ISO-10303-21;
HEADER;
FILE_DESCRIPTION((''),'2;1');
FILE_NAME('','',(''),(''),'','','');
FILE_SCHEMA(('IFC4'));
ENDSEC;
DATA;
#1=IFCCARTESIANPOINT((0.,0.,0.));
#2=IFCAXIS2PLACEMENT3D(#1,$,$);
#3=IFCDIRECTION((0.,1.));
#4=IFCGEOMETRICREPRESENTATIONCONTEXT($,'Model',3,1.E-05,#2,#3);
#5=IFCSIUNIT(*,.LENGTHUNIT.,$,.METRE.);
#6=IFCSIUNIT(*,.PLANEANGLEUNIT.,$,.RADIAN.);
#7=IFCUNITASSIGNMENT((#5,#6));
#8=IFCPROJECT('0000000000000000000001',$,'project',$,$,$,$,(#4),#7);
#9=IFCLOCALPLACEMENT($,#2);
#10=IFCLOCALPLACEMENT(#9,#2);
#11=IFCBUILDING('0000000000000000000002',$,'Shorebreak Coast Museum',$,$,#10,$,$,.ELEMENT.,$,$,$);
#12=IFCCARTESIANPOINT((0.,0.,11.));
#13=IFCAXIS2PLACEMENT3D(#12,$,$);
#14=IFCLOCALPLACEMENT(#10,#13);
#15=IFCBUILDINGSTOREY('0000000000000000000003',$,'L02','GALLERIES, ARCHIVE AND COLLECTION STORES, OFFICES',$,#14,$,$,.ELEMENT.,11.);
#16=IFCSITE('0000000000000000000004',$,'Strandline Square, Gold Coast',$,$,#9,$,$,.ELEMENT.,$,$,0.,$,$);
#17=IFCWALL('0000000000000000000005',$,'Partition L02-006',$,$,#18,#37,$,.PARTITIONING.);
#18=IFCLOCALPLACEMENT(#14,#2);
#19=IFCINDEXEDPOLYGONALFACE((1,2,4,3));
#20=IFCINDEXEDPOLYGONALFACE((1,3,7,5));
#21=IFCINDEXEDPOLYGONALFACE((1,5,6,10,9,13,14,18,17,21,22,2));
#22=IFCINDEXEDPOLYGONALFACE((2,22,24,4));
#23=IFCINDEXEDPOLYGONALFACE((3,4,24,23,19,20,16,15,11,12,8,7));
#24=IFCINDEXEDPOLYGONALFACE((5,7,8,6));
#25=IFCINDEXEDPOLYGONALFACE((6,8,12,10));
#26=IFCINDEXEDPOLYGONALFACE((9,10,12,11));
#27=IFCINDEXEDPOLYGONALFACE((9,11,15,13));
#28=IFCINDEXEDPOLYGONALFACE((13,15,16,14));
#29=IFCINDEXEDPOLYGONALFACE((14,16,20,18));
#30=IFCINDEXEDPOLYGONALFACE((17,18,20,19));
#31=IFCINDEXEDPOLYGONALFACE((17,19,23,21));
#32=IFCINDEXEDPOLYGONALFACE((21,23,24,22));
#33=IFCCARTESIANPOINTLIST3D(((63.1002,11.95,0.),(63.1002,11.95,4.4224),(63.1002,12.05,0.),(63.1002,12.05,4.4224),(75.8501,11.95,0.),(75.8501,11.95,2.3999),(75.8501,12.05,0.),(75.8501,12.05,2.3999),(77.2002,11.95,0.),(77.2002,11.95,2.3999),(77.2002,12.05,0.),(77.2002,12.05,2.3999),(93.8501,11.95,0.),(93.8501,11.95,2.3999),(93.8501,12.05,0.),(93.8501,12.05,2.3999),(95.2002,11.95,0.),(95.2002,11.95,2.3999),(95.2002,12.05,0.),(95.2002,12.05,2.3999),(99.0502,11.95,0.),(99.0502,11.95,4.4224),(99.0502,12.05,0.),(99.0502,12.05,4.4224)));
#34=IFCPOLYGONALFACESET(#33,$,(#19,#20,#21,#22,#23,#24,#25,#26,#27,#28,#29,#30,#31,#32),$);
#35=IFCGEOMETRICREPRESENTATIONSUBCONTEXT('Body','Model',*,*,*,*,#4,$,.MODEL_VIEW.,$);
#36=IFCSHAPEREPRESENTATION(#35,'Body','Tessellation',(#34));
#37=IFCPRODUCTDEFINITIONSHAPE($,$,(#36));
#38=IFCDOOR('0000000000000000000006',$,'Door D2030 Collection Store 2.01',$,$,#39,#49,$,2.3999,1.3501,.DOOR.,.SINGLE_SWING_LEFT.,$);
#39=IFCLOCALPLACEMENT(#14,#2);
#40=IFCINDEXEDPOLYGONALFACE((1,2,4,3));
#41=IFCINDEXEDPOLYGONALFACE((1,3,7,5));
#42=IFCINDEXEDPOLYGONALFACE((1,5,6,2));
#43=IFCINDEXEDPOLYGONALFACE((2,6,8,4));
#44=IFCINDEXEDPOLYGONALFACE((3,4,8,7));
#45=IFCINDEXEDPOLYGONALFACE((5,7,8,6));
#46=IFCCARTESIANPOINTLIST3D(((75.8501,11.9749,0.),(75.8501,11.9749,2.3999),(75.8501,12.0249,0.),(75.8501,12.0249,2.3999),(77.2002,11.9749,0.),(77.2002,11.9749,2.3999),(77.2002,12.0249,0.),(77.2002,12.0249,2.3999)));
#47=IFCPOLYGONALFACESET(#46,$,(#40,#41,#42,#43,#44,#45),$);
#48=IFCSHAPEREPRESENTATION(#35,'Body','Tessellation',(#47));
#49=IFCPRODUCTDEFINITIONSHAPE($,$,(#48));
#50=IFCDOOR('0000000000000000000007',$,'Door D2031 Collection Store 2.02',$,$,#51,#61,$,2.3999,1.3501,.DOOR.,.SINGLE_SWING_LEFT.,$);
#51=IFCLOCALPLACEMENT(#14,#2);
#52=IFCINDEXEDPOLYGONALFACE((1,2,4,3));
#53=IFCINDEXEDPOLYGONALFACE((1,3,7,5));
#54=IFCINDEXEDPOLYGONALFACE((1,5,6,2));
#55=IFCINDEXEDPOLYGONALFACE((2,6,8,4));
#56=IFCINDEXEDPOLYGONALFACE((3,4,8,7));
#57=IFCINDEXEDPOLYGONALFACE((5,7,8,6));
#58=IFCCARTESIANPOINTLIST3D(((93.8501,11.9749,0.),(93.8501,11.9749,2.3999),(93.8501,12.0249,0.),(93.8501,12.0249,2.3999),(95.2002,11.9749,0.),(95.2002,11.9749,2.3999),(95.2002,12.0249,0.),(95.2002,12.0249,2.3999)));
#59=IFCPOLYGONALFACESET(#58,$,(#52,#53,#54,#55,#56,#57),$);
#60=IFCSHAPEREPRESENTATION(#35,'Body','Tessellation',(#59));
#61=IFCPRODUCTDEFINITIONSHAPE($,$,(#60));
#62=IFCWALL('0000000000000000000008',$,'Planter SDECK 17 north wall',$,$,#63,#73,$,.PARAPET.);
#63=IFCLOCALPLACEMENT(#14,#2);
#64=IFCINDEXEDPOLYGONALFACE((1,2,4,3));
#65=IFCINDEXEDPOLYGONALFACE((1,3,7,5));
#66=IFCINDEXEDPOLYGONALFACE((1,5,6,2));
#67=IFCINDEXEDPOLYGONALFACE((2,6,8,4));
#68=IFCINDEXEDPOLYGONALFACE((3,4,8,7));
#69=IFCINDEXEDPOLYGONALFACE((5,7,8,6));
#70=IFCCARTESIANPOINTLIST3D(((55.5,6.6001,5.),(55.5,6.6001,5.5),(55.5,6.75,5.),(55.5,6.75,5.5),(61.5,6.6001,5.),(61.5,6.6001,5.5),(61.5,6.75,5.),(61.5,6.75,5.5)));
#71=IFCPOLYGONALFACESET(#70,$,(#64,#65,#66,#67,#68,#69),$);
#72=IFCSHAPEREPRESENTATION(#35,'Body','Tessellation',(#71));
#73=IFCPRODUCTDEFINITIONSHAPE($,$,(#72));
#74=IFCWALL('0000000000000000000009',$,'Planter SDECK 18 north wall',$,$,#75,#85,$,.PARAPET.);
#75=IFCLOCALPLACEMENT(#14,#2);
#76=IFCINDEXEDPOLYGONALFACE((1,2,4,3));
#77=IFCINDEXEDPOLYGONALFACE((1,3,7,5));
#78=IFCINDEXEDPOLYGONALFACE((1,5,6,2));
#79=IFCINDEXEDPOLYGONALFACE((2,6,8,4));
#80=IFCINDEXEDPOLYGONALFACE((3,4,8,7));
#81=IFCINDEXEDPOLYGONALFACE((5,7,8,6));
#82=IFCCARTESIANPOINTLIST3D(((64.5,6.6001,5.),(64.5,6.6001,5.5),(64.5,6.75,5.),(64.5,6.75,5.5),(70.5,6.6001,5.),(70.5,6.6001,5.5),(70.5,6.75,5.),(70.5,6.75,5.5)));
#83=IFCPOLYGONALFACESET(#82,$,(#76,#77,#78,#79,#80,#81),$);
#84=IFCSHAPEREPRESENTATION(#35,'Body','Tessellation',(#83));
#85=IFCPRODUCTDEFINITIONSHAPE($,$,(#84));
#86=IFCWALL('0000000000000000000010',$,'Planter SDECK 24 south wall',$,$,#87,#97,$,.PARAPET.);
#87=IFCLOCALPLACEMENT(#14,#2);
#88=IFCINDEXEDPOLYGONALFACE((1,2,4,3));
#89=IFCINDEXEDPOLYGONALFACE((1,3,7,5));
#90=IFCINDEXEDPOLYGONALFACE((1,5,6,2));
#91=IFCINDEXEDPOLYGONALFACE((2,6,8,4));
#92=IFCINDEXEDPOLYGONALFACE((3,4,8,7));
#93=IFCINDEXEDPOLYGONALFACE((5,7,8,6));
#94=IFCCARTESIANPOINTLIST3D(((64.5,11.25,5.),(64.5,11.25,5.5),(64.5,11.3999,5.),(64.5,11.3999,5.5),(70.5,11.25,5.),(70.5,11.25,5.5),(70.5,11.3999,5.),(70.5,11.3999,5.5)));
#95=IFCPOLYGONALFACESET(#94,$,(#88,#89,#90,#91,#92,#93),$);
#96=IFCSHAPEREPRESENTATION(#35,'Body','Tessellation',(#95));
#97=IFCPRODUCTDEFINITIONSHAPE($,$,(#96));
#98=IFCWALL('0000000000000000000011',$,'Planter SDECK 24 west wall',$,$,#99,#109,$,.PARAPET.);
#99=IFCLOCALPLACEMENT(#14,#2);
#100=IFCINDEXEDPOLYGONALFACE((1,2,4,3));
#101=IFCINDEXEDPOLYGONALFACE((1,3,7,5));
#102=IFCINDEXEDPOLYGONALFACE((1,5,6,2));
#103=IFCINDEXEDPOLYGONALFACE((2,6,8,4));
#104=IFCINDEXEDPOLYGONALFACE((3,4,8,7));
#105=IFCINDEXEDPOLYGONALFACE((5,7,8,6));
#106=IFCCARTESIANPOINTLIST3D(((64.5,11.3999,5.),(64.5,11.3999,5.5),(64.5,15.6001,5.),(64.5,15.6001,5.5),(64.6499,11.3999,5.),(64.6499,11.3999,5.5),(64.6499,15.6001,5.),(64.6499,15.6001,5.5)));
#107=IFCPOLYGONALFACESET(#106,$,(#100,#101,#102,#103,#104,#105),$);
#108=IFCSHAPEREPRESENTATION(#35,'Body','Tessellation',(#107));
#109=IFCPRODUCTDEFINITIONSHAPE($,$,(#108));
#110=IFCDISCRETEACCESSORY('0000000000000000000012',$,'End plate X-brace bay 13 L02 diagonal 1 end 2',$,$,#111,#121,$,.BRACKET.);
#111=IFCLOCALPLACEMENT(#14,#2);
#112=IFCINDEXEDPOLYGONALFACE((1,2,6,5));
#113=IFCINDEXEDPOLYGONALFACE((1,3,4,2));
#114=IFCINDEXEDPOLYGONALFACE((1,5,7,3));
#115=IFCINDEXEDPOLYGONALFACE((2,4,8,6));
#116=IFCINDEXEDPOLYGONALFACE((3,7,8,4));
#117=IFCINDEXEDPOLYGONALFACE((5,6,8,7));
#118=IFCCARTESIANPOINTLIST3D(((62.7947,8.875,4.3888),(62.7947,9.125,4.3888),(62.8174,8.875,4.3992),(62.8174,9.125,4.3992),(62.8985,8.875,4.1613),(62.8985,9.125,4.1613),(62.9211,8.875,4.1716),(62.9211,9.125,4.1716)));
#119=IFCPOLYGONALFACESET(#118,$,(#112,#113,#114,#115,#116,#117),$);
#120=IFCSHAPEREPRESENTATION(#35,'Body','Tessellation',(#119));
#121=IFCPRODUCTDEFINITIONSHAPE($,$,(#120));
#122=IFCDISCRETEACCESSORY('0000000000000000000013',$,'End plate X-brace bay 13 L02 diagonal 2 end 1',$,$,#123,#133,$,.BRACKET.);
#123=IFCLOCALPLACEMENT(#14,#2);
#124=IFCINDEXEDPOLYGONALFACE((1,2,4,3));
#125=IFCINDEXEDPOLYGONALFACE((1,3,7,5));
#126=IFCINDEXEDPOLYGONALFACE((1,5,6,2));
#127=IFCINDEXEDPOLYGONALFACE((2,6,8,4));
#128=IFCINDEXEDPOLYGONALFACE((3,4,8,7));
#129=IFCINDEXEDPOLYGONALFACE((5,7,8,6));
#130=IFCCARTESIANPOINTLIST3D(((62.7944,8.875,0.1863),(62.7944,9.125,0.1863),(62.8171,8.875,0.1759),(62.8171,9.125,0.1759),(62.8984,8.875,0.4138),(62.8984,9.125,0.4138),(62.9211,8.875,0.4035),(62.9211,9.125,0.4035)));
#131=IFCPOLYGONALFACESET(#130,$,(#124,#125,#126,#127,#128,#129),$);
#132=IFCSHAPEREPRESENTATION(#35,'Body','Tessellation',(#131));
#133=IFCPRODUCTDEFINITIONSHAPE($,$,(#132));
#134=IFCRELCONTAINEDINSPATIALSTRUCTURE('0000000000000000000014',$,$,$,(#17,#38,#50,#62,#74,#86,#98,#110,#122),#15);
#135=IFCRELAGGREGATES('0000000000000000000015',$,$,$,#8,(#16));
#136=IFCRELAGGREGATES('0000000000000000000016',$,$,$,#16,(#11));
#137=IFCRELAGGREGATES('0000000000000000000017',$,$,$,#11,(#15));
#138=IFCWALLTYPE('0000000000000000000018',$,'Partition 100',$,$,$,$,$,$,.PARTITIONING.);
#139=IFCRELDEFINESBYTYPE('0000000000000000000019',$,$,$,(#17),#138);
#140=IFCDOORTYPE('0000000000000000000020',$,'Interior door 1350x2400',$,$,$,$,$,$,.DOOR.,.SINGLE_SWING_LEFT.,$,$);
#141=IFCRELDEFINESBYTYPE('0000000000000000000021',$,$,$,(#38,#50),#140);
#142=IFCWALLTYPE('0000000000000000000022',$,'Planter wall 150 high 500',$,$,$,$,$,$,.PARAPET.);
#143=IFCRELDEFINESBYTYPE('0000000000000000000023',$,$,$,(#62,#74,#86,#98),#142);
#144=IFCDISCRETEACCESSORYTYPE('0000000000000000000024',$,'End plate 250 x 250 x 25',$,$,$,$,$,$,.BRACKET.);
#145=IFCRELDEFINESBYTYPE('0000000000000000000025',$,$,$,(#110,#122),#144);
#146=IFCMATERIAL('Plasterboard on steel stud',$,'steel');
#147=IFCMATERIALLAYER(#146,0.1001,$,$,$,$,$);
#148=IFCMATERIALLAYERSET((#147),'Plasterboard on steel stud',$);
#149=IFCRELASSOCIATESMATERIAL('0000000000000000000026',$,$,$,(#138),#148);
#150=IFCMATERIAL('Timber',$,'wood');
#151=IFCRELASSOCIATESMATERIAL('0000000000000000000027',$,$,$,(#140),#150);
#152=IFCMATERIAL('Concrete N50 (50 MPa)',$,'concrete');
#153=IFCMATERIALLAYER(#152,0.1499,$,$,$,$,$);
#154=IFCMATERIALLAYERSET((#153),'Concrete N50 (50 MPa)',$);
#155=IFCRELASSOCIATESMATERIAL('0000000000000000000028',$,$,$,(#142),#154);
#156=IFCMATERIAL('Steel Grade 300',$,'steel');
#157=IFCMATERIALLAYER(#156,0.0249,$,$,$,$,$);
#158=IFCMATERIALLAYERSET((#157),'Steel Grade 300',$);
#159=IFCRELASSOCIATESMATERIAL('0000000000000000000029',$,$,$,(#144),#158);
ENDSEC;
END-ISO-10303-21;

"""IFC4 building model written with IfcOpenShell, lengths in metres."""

from ifc_helpers import new_model, si_unit, direction, frame, frame_2d, origin, place, context, subcontext, project, spatial, polyline, rectangle, outline, extrude, material, layer, layer_set, type_object, element, fill, save


model = new_model("IFC4")

# Units and contexts
model_context = context("Model", 3, precision=1e-05, world=origin(), true_north=direction((0.0, 1.0)))
body_context = subcontext(model_context, "Body", "Model", "MODEL_VIEW")
ifc_project = project(units=[si_unit("LENGTHUNIT", "METRE"), si_unit("PLANEANGLEUNIT", "RADIAN")], contexts=[model_context])

# Site, building, storey
site_placement = place(None, origin())
site = spatial("IfcSite", under=ifc_project, at=site_placement, Name="Strandline Square, Gold Coast", CompositionType="ELEMENT", RefElevation=0.0)
building_placement = place(site_placement, origin())
building = spatial("IfcBuilding", under=site, at=building_placement, Name="Shorebreak Coast Museum", CompositionType="ELEMENT")
storey_placement = place(building_placement, frame((0.0, 0.0, 11.0)))
storey = spatial("IfcBuildingStorey", under=building, at=storey_placement, Name="L02", Description="GALLERIES, ARCHIVE AND COLLECTION STORES, OFFICES", CompositionType="ELEMENT", Elevation=11.0)

# Wall, openings, doors
ifc_material_1 = material(Name="Plasterboard on steel stud", Category="steel")
ifc_layer_1 = layer(ifc_material_1, 0.1001)
ifc_layer_set_1 = layer_set([ifc_layer_1], Name="Plasterboard on steel stud")
wall_type_1 = type_object("IfcWallType", Name="Partition 100", PredefinedType="PARTITIONING", material=ifc_layer_set_1)
wall_1_placement = place(storey_placement, frame((63.1001, 12.0, 0.0), z_axis=(0.0, 0.0, 1.0), x_axis=(1.0, 0.0, 0.0)))
wall_1 = element("IfcWall", 1, at=wall_1_placement, inside=storey, type_object=wall_type_1, Name="Partition L02-006", PredefinedType="PARTITIONING", context=body_context, shape_type="SweptSolid", body=[
    extrude(rectangle(XDim=35.95, YDim=0.1001, at=frame_2d((17.9751, 0.0))), origin(), (0.0, 0.0, 1.0), 4.4224),
])
opening_1_placement = place(wall_1_placement, frame((12.75, 0.0, 0.0)))
opening_1 = element("IfcOpeningElement", 2, at=opening_1_placement, cuts=wall_1, PredefinedType="OPENING", context=body_context, shape_type="SweptSolid", body=[
    extrude(rectangle(XDim=1.3501, YDim=2.3999, at=frame_2d((0.675, 1.2))), frame((0.0, 0.0601, 0.0), z_axis=(0.0, -1.0, 0.0), x_axis=(1.0, 0.0, 0.0)), (0.0, 0.0, 1.0), 0.1201),
])
opening_2_placement = place(wall_1_placement, frame((30.75, 0.0, 0.0)))
opening_2 = element("IfcOpeningElement", 3, at=opening_2_placement, cuts=wall_1, PredefinedType="OPENING", context=body_context, shape_type="SweptSolid", body=[
    extrude(rectangle(XDim=1.3501, YDim=2.3999, at=frame_2d((0.675, 1.2))), frame((0.0, 0.0601, 0.0), z_axis=(0.0, -1.0, 0.0), x_axis=(1.0, 0.0, 0.0)), (0.0, 0.0, 1.0), 0.1201),
])
ifc_material_2 = material(Name="Timber", Category="wood")
door_type_1 = type_object("IfcDoorType", Name="Interior door 1350x2400", OperationType="SINGLE_SWING_LEFT", PredefinedType="DOOR", material=ifc_material_2)
door_1_placement = place(opening_1_placement, origin())
door_1 = element("IfcDoor", 4, at=door_1_placement, inside=storey, type_object=door_type_1, Name="Door D2030 Collection Store 2.01", OperationType="SINGLE_SWING_LEFT", OverallHeight=2.3999, OverallWidth=1.3501, PredefinedType="DOOR", context=body_context, shape_type="SweptSolid", body=[
    extrude(rectangle(XDim=1.3501, YDim=2.3999, at=frame_2d((0.675, 1.2))), frame((0.0, 0.0249, 0.0), z_axis=(0.0, -1.0, 0.0), x_axis=(1.0, 0.0, 0.0)), (0.0, 0.0, 1.0), 0.05),
])
fill(opening_1, door_1)
door_2_placement = place(opening_2_placement, origin())
door_2 = element("IfcDoor", 5, at=door_2_placement, inside=storey, type_object=door_type_1, Name="Door D2031 Collection Store 2.02", OperationType="SINGLE_SWING_LEFT", OverallHeight=2.3999, OverallWidth=1.3501, PredefinedType="DOOR", context=body_context, shape_type="SweptSolid", body=[
    extrude(rectangle(XDim=1.3501, YDim=2.3999, at=frame_2d((0.675, 1.2))), frame((0.0, 0.0249, 0.0), z_axis=(0.0, -1.0, 0.0), x_axis=(1.0, 0.0, 0.0)), (0.0, 0.0, 1.0), 0.05),
])
fill(opening_2, door_2)

# Walls
ifc_material_3 = material(Name="Concrete N50 (50 MPa)", Category="concrete")
ifc_layer_2 = layer(ifc_material_3, 0.1499)
ifc_layer_set_2 = layer_set([ifc_layer_2], Name="Concrete N50 (50 MPa)")
wall_type_2 = type_object("IfcWallType", Name="Planter wall 150 high 500", PredefinedType="PARAPET", material=ifc_layer_set_2)
for number, where, z_axis, x_axis, name in (
    (6, (55.5, 6.675, 5.0), (0.0, 0.0, 1.0), (1.0, 0.0, 0.0), "Planter SDECK 17 north wall"),
    (7, (64.5, 6.675, 5.0), (0.0, 0.0, 1.0), (1.0, 0.0, 0.0), "Planter SDECK 18 north wall"),
    (8, (64.5, 11.325, 5.0), (0.0, 0.0, 1.0), (1.0, 0.0, 0.0), "Planter SDECK 24 south wall"),
):
    element("IfcWall", number, at=place(storey_placement, frame(where, z_axis=z_axis, x_axis=x_axis)), inside=storey, type_object=wall_type_2, Name=name, PredefinedType="PARAPET", context=body_context, shape_type="SweptSolid", body=[
        extrude(rectangle(XDim=6.0, YDim=0.1499, at=frame_2d((3.0, 0.0))), origin(), (0.0, 0.0, 1.0), 0.5),
    ])
wall_2_placement = place(storey_placement, frame((64.575, 11.3999, 5.0), z_axis=(0.0, 0.0, 1.0), x_axis=(0.0, 1.0, 0.0)))
element("IfcWall", 9, at=wall_2_placement, inside=storey, type_object=wall_type_2, Name="Planter SDECK 24 west wall", PredefinedType="PARAPET", context=body_context, shape_type="SweptSolid", body=[
    extrude(rectangle(XDim=4.2002, YDim=0.1499, at=frame_2d((2.1001, 0.0))), origin(), (0.0, 0.0, 1.0), 0.5),
])

# Discrete accessories
ifc_material_4 = material(Name="Steel Grade 300", Category="steel")
ifc_layer_3 = layer(ifc_material_4, 0.0249)
ifc_layer_set_3 = layer_set([ifc_layer_3], Name="Steel Grade 300")
discrete_accessory_type = type_object("IfcDiscreteAccessoryType", Name="End plate 250 x 250 x 25", PredefinedType="BRACKET", material=ifc_layer_set_3)
discrete_accessory_1_placement = place(storey_placement, frame((62.9211, 8.875, 4.1716), z_axis=(0.909864, 0.0, 0.414906), x_axis=(0.0, 1.0, 0.0)))
element("IfcDiscreteAccessory", 10, at=discrete_accessory_1_placement, inside=storey, type_object=discrete_accessory_type, Name="End plate X-brace bay 13 L02 diagonal 1 end 2", PredefinedType="BRACKET", context=body_context, shape_type="SweptSolid", body=[
    extrude(outline(polyline([(0.0, 0.0), (0.25, 0.0), (0.25, 0.2501), (0.0, 0.2501), (0.0, 0.0)])), origin(), (0.0, 0.0, -1.0), 0.0249),
])
discrete_accessory_2_placement = place(storey_placement, frame((62.7944, 9.125, 0.1863), z_axis=(-0.909496, 0.0, 0.415714), x_axis=(0.0, -1.0, 0.0)))
element("IfcDiscreteAccessory", 11, at=discrete_accessory_2_placement, inside=storey, type_object=discrete_accessory_type, Name="End plate X-brace bay 13 L02 diagonal 2 end 1", PredefinedType="BRACKET", context=body_context, shape_type="SweptSolid", body=[
    extrude(outline(polyline([(0.0, 0.0), (0.25, 0.0), (0.25, 0.2502), (0.0, 0.2502), (0.0, 0.0)])), origin(), (0.0, 0.0, -1.0), 0.0249),
])

save(model, "model.ifc")
